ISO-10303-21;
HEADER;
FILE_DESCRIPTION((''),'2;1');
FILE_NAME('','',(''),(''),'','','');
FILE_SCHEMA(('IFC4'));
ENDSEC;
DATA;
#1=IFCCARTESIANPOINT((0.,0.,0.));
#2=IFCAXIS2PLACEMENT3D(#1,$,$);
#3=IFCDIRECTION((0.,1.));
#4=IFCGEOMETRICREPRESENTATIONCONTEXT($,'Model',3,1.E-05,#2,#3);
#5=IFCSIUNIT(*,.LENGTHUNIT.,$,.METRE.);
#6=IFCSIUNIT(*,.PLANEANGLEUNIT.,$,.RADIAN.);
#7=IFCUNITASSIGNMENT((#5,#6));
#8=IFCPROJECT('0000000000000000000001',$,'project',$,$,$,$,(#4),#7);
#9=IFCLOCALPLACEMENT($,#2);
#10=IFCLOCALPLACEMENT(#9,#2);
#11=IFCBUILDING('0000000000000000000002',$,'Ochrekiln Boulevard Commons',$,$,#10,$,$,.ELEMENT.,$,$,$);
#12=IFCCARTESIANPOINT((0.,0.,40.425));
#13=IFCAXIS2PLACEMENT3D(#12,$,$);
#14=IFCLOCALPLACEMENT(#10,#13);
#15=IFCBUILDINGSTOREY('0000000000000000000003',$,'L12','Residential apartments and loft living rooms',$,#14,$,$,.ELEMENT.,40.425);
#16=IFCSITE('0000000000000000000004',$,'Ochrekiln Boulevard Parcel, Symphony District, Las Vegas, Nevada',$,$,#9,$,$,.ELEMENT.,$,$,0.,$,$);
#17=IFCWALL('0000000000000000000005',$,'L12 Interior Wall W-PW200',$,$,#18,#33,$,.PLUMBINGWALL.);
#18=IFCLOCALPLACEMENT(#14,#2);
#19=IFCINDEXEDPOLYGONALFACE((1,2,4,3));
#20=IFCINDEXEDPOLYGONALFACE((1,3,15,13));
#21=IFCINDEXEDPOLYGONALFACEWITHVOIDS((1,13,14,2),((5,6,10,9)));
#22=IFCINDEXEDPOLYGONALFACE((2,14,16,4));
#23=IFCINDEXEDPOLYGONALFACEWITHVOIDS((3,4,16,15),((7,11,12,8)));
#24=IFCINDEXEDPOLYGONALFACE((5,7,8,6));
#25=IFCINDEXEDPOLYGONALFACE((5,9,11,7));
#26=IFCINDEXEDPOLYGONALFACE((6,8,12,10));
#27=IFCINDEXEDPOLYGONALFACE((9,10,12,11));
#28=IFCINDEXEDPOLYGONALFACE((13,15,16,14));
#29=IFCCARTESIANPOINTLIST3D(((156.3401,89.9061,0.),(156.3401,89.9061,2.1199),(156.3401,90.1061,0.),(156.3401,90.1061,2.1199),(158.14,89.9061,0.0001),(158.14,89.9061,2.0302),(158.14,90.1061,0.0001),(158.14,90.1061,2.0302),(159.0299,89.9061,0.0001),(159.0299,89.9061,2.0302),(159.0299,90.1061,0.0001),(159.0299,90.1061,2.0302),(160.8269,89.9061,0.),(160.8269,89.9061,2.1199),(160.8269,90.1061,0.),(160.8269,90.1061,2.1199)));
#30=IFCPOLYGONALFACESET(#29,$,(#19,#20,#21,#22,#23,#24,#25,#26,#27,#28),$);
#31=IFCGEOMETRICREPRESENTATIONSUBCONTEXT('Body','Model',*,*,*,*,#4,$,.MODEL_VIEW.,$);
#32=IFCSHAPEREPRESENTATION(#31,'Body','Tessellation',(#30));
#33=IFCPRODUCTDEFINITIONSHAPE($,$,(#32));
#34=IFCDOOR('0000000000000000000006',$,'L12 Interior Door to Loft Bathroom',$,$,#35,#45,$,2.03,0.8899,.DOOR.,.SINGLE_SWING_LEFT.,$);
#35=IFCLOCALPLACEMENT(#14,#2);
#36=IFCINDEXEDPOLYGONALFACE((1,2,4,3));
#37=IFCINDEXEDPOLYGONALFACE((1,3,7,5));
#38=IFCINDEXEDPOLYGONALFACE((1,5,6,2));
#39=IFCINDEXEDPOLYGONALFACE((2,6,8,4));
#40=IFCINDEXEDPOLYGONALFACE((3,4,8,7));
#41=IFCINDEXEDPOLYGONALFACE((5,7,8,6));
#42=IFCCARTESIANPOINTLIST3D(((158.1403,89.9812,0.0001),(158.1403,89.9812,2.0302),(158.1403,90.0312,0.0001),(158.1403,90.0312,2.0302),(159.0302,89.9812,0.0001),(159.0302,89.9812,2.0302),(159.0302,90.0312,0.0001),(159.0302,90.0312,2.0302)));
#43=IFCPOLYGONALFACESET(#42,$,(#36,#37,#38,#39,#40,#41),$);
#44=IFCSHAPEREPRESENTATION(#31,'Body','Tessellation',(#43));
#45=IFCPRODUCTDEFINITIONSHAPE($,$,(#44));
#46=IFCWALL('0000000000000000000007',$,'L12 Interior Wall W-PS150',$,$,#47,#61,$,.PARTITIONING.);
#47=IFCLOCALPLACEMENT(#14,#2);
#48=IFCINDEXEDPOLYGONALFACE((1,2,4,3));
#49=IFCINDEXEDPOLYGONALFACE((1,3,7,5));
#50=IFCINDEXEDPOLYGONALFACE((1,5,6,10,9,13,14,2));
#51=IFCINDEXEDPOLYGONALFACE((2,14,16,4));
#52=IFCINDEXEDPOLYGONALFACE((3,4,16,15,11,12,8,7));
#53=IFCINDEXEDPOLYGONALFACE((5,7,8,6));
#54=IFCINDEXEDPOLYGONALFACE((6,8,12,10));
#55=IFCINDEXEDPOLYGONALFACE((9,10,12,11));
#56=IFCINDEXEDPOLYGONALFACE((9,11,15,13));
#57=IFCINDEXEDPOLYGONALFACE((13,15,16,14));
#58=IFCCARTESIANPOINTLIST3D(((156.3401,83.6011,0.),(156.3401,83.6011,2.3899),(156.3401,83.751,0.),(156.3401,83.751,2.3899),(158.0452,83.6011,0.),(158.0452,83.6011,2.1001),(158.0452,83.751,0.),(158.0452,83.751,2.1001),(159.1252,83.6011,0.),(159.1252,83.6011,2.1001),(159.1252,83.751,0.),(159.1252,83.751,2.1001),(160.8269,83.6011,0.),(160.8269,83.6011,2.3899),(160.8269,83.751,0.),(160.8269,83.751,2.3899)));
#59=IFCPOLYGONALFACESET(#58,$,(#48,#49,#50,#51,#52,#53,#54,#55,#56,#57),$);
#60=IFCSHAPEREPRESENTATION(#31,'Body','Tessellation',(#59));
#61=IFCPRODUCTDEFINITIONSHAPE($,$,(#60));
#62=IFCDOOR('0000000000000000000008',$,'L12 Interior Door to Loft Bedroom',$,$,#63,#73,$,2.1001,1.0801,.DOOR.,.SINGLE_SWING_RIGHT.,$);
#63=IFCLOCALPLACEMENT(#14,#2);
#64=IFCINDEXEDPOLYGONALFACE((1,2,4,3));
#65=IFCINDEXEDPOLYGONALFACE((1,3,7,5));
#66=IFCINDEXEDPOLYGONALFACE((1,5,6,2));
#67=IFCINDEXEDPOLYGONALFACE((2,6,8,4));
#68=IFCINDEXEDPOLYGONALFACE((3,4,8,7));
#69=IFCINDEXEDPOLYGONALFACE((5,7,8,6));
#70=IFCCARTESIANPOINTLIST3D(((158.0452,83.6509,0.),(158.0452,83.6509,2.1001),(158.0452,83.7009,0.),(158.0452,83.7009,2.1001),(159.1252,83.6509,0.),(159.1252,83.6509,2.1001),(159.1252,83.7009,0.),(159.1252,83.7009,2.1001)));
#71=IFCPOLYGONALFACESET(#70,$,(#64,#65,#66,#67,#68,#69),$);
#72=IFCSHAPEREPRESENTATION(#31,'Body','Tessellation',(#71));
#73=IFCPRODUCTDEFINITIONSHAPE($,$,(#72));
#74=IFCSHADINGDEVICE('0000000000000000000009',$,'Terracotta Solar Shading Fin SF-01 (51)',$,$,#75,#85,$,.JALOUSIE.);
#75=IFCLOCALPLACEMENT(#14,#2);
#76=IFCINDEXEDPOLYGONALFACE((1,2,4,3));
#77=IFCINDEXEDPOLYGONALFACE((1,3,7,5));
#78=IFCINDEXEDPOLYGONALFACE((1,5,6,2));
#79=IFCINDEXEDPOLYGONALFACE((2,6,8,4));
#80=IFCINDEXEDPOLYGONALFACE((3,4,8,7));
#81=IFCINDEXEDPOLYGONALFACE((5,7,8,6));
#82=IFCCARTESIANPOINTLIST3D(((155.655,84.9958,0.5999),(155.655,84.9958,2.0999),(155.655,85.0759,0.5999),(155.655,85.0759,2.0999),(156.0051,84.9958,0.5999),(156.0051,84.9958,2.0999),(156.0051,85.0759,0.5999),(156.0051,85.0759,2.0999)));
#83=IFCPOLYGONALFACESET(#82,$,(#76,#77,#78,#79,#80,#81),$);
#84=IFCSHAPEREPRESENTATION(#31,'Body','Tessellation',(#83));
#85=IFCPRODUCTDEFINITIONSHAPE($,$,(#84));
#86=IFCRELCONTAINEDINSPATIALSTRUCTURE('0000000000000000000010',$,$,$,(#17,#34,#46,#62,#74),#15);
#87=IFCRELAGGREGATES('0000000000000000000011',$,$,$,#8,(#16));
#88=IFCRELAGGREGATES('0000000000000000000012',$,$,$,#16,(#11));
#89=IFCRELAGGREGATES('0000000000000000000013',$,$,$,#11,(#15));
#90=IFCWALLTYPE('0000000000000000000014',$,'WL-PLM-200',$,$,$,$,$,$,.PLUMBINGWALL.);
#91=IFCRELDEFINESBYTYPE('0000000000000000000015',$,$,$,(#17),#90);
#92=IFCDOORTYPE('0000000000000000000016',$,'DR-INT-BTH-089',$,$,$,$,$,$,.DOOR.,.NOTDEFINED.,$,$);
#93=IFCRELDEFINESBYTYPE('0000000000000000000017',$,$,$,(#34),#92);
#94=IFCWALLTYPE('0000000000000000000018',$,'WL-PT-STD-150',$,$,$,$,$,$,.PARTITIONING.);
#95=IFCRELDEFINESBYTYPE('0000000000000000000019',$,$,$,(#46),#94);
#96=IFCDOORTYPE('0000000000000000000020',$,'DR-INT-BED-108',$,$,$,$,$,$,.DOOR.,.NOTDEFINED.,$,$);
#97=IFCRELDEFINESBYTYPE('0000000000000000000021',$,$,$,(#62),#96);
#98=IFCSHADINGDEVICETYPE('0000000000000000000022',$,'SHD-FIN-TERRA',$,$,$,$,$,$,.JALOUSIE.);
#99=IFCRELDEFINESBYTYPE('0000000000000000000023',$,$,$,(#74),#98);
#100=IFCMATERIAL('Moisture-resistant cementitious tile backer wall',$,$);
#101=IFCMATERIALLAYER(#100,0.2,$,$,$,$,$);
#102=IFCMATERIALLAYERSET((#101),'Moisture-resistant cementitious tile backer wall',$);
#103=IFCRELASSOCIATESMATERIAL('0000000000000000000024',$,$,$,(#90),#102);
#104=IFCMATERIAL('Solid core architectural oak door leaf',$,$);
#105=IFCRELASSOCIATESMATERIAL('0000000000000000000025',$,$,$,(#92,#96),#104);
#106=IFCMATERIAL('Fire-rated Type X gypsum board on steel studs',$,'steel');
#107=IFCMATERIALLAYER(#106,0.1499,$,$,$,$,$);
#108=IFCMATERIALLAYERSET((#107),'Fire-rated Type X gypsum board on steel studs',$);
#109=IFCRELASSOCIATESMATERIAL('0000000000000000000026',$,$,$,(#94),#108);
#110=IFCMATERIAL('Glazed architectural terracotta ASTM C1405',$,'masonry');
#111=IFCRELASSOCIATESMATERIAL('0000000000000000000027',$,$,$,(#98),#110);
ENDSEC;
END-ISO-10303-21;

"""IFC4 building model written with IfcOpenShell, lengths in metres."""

from ifc_helpers import new_model, si_unit, direction, frame, frame_2d, origin, origin_2d, place, context, subcontext, project, spatial, rectangle, extrude, material, layer, layer_set, type_object, element, fill, save


model = new_model("IFC4")

# Units and contexts
model_context = context("Model", 3, precision=1e-05, world=origin(), true_north=direction((0.0, 1.0)))
body_context = subcontext(model_context, "Body", "Model", "MODEL_VIEW")
ifc_project = project(units=[si_unit("LENGTHUNIT", "METRE"), si_unit("PLANEANGLEUNIT", "RADIAN")], contexts=[model_context])

# Site, building, storey
site_placement = place(None, origin())
site = spatial("IfcSite", under=ifc_project, at=site_placement, Name="Ochrekiln Boulevard Parcel, Symphony District, Las Vegas, Nevada", CompositionType="ELEMENT", RefElevation=0.0)
building_placement = place(site_placement, origin())
building = spatial("IfcBuilding", under=site, at=building_placement, Name="Ochrekiln Boulevard Commons", CompositionType="ELEMENT")
storey_placement = place(building_placement, frame((0.0, 0.0, 40.425)))
storey = spatial("IfcBuildingStorey", under=building, at=storey_placement, Name="L12", Description="Residential apartments and loft living rooms", CompositionType="ELEMENT", Elevation=40.425)

# Shared definitions
ifc_material_1 = material(Name="Moisture-resistant cementitious tile backer wall")
ifc_layer_1 = layer(ifc_material_1, 0.2)
ifc_layer_set_1 = layer_set([ifc_layer_1], Name="Moisture-resistant cementitious tile backer wall")
wall_type_1 = type_object("IfcWallType", Name="WL-PLM-200", PredefinedType="PLUMBINGWALL", material=ifc_layer_set_1)
ifc_material_2 = material(Name="Solid core architectural oak door leaf")

# Walls, openings, doors
wall_1_placement = place(storey_placement, frame((156.3401, 90.0061, 0.0), z_axis=(0.0, 0.0, 1.0), x_axis=(1.0, 0.0, 0.0)))
wall_1 = element("IfcWall", 1, at=wall_1_placement, inside=storey, type_object=wall_type_1, Name="L12 Interior Wall W-PW200", PredefinedType="PLUMBINGWALL", context=body_context, shape_type="SweptSolid", body=[
    extrude(rectangle(XDim=4.4868, YDim=0.2, at=frame_2d((2.2434, 0.0))), origin(), (0.0, 0.0, 1.0), 2.1199),
])
opening_1_placement = place(wall_1_placement, frame((1.8, 0.0, 0.0)))
opening_1 = element("IfcOpeningElement", 2, at=opening_1_placement, cuts=wall_1, PredefinedType="OPENING", context=body_context, shape_type="SweptSolid", body=[
    extrude(rectangle(XDim=0.8899, YDim=2.03, at=frame_2d((0.4448, 1.0151))), frame((0.0, 0.1099, 0.0), z_axis=(0.0, -1.0, 0.0), x_axis=(1.0, 0.0, 0.0)), (0.0, 0.0, 1.0), 0.22),
])
door_type_1 = type_object("IfcDoorType", Name="DR-INT-BTH-089", OperationType="NOTDEFINED", PredefinedType="DOOR", material=ifc_material_2)
door_1_placement = place(opening_1_placement, frame((0.8899, 0.0, 0.0), z_axis=(0.0, 0.0, 1.0), x_axis=(-1.0, 0.0, 0.0)))
door_1 = element("IfcDoor", 3, at=door_1_placement, inside=storey, type_object=door_type_1, Name="L12 Interior Door to Loft Bathroom", OperationType="SINGLE_SWING_LEFT", OverallHeight=2.03, OverallWidth=0.8899, PredefinedType="DOOR", context=body_context, shape_type="SweptSolid", body=[
    extrude(rectangle(XDim=0.8899, YDim=2.03, at=frame_2d((0.4448, 1.0151))), frame((0.0, 0.0249, 0.0), z_axis=(0.0, -1.0, 0.0), x_axis=(1.0, 0.0, 0.0)), (0.0, 0.0, 1.0), 0.05),
])
fill(opening_1, door_1)
ifc_material_3 = material(Name="Fire-rated Type X gypsum board on steel studs", Category="steel")
ifc_layer_2 = layer(ifc_material_3, 0.1499)
ifc_layer_set_2 = layer_set([ifc_layer_2], Name="Fire-rated Type X gypsum board on steel studs")
wall_type_2 = type_object("IfcWallType", Name="WL-PT-STD-150", PredefinedType="PARTITIONING", material=ifc_layer_set_2)
wall_2_placement = place(storey_placement, frame((156.3401, 83.676, 0.0), z_axis=(0.0, 0.0, 1.0), x_axis=(1.0, 0.0, 0.0)))
wall_2 = element("IfcWall", 4, at=wall_2_placement, inside=storey, type_object=wall_type_2, Name="L12 Interior Wall W-PS150", PredefinedType="PARTITIONING", context=body_context, shape_type="SweptSolid", body=[
    extrude(rectangle(XDim=4.4868, YDim=0.1499, at=frame_2d((2.2434, 0.0))), origin(), (0.0, 0.0, 1.0), 2.3899),
])
opening_2_placement = place(wall_2_placement, frame((1.7051, 0.0, 0.0)))
opening_2 = element("IfcOpeningElement", 5, at=opening_2_placement, cuts=wall_2, PredefinedType="OPENING", context=body_context, shape_type="SweptSolid", body=[
    extrude(rectangle(XDim=1.0801, YDim=2.1001, at=frame_2d((0.54, 1.05))), frame((0.0, 0.085, 0.0), z_axis=(0.0, -1.0, 0.0), x_axis=(1.0, 0.0, 0.0)), (0.0, 0.0, 1.0), 0.1699),
])
door_type_2 = type_object("IfcDoorType", Name="DR-INT-BED-108", OperationType="NOTDEFINED", PredefinedType="DOOR", material=ifc_material_2)
door_2_placement = place(opening_2_placement, origin())
door_2 = element("IfcDoor", 6, at=door_2_placement, inside=storey, type_object=door_type_2, Name="L12 Interior Door to Loft Bedroom", OperationType="SINGLE_SWING_RIGHT", OverallHeight=2.1001, OverallWidth=1.0801, PredefinedType="DOOR", context=body_context, shape_type="SweptSolid", body=[
    extrude(rectangle(XDim=1.0801, YDim=2.1001, at=frame_2d((0.54, 1.05))), frame((0.0, 0.0249, 0.0), z_axis=(0.0, -1.0, 0.0), x_axis=(1.0, 0.0, 0.0)), (0.0, 0.0, 1.0), 0.05),
])
fill(opening_2, door_2)

# Shading device
ifc_material_4 = material(Name="Glazed architectural terracotta ASTM C1405", Category="masonry")
shading_device_type = type_object("IfcShadingDeviceType", Name="SHD-FIN-TERRA", PredefinedType="JALOUSIE", material=ifc_material_4)
shading_device_placement = place(storey_placement, frame((155.8301, 85.0359, 0.5999), z_axis=(0.0, 0.0, 1.0), x_axis=(1.0, 0.0, 0.0)))
element("IfcShadingDevice", 7, at=shading_device_placement, inside=storey, type_object=shading_device_type, Name="Terracotta Solar Shading Fin SF-01 (51)", PredefinedType="JALOUSIE", context=body_context, shape_type="SweptSolid", body=[
    extrude(rectangle(XDim=0.3501, YDim=0.0801, at=origin_2d()), origin(), (0.0, 0.0, 1.0), 1.5),
])

save(model, "model.ifc")
